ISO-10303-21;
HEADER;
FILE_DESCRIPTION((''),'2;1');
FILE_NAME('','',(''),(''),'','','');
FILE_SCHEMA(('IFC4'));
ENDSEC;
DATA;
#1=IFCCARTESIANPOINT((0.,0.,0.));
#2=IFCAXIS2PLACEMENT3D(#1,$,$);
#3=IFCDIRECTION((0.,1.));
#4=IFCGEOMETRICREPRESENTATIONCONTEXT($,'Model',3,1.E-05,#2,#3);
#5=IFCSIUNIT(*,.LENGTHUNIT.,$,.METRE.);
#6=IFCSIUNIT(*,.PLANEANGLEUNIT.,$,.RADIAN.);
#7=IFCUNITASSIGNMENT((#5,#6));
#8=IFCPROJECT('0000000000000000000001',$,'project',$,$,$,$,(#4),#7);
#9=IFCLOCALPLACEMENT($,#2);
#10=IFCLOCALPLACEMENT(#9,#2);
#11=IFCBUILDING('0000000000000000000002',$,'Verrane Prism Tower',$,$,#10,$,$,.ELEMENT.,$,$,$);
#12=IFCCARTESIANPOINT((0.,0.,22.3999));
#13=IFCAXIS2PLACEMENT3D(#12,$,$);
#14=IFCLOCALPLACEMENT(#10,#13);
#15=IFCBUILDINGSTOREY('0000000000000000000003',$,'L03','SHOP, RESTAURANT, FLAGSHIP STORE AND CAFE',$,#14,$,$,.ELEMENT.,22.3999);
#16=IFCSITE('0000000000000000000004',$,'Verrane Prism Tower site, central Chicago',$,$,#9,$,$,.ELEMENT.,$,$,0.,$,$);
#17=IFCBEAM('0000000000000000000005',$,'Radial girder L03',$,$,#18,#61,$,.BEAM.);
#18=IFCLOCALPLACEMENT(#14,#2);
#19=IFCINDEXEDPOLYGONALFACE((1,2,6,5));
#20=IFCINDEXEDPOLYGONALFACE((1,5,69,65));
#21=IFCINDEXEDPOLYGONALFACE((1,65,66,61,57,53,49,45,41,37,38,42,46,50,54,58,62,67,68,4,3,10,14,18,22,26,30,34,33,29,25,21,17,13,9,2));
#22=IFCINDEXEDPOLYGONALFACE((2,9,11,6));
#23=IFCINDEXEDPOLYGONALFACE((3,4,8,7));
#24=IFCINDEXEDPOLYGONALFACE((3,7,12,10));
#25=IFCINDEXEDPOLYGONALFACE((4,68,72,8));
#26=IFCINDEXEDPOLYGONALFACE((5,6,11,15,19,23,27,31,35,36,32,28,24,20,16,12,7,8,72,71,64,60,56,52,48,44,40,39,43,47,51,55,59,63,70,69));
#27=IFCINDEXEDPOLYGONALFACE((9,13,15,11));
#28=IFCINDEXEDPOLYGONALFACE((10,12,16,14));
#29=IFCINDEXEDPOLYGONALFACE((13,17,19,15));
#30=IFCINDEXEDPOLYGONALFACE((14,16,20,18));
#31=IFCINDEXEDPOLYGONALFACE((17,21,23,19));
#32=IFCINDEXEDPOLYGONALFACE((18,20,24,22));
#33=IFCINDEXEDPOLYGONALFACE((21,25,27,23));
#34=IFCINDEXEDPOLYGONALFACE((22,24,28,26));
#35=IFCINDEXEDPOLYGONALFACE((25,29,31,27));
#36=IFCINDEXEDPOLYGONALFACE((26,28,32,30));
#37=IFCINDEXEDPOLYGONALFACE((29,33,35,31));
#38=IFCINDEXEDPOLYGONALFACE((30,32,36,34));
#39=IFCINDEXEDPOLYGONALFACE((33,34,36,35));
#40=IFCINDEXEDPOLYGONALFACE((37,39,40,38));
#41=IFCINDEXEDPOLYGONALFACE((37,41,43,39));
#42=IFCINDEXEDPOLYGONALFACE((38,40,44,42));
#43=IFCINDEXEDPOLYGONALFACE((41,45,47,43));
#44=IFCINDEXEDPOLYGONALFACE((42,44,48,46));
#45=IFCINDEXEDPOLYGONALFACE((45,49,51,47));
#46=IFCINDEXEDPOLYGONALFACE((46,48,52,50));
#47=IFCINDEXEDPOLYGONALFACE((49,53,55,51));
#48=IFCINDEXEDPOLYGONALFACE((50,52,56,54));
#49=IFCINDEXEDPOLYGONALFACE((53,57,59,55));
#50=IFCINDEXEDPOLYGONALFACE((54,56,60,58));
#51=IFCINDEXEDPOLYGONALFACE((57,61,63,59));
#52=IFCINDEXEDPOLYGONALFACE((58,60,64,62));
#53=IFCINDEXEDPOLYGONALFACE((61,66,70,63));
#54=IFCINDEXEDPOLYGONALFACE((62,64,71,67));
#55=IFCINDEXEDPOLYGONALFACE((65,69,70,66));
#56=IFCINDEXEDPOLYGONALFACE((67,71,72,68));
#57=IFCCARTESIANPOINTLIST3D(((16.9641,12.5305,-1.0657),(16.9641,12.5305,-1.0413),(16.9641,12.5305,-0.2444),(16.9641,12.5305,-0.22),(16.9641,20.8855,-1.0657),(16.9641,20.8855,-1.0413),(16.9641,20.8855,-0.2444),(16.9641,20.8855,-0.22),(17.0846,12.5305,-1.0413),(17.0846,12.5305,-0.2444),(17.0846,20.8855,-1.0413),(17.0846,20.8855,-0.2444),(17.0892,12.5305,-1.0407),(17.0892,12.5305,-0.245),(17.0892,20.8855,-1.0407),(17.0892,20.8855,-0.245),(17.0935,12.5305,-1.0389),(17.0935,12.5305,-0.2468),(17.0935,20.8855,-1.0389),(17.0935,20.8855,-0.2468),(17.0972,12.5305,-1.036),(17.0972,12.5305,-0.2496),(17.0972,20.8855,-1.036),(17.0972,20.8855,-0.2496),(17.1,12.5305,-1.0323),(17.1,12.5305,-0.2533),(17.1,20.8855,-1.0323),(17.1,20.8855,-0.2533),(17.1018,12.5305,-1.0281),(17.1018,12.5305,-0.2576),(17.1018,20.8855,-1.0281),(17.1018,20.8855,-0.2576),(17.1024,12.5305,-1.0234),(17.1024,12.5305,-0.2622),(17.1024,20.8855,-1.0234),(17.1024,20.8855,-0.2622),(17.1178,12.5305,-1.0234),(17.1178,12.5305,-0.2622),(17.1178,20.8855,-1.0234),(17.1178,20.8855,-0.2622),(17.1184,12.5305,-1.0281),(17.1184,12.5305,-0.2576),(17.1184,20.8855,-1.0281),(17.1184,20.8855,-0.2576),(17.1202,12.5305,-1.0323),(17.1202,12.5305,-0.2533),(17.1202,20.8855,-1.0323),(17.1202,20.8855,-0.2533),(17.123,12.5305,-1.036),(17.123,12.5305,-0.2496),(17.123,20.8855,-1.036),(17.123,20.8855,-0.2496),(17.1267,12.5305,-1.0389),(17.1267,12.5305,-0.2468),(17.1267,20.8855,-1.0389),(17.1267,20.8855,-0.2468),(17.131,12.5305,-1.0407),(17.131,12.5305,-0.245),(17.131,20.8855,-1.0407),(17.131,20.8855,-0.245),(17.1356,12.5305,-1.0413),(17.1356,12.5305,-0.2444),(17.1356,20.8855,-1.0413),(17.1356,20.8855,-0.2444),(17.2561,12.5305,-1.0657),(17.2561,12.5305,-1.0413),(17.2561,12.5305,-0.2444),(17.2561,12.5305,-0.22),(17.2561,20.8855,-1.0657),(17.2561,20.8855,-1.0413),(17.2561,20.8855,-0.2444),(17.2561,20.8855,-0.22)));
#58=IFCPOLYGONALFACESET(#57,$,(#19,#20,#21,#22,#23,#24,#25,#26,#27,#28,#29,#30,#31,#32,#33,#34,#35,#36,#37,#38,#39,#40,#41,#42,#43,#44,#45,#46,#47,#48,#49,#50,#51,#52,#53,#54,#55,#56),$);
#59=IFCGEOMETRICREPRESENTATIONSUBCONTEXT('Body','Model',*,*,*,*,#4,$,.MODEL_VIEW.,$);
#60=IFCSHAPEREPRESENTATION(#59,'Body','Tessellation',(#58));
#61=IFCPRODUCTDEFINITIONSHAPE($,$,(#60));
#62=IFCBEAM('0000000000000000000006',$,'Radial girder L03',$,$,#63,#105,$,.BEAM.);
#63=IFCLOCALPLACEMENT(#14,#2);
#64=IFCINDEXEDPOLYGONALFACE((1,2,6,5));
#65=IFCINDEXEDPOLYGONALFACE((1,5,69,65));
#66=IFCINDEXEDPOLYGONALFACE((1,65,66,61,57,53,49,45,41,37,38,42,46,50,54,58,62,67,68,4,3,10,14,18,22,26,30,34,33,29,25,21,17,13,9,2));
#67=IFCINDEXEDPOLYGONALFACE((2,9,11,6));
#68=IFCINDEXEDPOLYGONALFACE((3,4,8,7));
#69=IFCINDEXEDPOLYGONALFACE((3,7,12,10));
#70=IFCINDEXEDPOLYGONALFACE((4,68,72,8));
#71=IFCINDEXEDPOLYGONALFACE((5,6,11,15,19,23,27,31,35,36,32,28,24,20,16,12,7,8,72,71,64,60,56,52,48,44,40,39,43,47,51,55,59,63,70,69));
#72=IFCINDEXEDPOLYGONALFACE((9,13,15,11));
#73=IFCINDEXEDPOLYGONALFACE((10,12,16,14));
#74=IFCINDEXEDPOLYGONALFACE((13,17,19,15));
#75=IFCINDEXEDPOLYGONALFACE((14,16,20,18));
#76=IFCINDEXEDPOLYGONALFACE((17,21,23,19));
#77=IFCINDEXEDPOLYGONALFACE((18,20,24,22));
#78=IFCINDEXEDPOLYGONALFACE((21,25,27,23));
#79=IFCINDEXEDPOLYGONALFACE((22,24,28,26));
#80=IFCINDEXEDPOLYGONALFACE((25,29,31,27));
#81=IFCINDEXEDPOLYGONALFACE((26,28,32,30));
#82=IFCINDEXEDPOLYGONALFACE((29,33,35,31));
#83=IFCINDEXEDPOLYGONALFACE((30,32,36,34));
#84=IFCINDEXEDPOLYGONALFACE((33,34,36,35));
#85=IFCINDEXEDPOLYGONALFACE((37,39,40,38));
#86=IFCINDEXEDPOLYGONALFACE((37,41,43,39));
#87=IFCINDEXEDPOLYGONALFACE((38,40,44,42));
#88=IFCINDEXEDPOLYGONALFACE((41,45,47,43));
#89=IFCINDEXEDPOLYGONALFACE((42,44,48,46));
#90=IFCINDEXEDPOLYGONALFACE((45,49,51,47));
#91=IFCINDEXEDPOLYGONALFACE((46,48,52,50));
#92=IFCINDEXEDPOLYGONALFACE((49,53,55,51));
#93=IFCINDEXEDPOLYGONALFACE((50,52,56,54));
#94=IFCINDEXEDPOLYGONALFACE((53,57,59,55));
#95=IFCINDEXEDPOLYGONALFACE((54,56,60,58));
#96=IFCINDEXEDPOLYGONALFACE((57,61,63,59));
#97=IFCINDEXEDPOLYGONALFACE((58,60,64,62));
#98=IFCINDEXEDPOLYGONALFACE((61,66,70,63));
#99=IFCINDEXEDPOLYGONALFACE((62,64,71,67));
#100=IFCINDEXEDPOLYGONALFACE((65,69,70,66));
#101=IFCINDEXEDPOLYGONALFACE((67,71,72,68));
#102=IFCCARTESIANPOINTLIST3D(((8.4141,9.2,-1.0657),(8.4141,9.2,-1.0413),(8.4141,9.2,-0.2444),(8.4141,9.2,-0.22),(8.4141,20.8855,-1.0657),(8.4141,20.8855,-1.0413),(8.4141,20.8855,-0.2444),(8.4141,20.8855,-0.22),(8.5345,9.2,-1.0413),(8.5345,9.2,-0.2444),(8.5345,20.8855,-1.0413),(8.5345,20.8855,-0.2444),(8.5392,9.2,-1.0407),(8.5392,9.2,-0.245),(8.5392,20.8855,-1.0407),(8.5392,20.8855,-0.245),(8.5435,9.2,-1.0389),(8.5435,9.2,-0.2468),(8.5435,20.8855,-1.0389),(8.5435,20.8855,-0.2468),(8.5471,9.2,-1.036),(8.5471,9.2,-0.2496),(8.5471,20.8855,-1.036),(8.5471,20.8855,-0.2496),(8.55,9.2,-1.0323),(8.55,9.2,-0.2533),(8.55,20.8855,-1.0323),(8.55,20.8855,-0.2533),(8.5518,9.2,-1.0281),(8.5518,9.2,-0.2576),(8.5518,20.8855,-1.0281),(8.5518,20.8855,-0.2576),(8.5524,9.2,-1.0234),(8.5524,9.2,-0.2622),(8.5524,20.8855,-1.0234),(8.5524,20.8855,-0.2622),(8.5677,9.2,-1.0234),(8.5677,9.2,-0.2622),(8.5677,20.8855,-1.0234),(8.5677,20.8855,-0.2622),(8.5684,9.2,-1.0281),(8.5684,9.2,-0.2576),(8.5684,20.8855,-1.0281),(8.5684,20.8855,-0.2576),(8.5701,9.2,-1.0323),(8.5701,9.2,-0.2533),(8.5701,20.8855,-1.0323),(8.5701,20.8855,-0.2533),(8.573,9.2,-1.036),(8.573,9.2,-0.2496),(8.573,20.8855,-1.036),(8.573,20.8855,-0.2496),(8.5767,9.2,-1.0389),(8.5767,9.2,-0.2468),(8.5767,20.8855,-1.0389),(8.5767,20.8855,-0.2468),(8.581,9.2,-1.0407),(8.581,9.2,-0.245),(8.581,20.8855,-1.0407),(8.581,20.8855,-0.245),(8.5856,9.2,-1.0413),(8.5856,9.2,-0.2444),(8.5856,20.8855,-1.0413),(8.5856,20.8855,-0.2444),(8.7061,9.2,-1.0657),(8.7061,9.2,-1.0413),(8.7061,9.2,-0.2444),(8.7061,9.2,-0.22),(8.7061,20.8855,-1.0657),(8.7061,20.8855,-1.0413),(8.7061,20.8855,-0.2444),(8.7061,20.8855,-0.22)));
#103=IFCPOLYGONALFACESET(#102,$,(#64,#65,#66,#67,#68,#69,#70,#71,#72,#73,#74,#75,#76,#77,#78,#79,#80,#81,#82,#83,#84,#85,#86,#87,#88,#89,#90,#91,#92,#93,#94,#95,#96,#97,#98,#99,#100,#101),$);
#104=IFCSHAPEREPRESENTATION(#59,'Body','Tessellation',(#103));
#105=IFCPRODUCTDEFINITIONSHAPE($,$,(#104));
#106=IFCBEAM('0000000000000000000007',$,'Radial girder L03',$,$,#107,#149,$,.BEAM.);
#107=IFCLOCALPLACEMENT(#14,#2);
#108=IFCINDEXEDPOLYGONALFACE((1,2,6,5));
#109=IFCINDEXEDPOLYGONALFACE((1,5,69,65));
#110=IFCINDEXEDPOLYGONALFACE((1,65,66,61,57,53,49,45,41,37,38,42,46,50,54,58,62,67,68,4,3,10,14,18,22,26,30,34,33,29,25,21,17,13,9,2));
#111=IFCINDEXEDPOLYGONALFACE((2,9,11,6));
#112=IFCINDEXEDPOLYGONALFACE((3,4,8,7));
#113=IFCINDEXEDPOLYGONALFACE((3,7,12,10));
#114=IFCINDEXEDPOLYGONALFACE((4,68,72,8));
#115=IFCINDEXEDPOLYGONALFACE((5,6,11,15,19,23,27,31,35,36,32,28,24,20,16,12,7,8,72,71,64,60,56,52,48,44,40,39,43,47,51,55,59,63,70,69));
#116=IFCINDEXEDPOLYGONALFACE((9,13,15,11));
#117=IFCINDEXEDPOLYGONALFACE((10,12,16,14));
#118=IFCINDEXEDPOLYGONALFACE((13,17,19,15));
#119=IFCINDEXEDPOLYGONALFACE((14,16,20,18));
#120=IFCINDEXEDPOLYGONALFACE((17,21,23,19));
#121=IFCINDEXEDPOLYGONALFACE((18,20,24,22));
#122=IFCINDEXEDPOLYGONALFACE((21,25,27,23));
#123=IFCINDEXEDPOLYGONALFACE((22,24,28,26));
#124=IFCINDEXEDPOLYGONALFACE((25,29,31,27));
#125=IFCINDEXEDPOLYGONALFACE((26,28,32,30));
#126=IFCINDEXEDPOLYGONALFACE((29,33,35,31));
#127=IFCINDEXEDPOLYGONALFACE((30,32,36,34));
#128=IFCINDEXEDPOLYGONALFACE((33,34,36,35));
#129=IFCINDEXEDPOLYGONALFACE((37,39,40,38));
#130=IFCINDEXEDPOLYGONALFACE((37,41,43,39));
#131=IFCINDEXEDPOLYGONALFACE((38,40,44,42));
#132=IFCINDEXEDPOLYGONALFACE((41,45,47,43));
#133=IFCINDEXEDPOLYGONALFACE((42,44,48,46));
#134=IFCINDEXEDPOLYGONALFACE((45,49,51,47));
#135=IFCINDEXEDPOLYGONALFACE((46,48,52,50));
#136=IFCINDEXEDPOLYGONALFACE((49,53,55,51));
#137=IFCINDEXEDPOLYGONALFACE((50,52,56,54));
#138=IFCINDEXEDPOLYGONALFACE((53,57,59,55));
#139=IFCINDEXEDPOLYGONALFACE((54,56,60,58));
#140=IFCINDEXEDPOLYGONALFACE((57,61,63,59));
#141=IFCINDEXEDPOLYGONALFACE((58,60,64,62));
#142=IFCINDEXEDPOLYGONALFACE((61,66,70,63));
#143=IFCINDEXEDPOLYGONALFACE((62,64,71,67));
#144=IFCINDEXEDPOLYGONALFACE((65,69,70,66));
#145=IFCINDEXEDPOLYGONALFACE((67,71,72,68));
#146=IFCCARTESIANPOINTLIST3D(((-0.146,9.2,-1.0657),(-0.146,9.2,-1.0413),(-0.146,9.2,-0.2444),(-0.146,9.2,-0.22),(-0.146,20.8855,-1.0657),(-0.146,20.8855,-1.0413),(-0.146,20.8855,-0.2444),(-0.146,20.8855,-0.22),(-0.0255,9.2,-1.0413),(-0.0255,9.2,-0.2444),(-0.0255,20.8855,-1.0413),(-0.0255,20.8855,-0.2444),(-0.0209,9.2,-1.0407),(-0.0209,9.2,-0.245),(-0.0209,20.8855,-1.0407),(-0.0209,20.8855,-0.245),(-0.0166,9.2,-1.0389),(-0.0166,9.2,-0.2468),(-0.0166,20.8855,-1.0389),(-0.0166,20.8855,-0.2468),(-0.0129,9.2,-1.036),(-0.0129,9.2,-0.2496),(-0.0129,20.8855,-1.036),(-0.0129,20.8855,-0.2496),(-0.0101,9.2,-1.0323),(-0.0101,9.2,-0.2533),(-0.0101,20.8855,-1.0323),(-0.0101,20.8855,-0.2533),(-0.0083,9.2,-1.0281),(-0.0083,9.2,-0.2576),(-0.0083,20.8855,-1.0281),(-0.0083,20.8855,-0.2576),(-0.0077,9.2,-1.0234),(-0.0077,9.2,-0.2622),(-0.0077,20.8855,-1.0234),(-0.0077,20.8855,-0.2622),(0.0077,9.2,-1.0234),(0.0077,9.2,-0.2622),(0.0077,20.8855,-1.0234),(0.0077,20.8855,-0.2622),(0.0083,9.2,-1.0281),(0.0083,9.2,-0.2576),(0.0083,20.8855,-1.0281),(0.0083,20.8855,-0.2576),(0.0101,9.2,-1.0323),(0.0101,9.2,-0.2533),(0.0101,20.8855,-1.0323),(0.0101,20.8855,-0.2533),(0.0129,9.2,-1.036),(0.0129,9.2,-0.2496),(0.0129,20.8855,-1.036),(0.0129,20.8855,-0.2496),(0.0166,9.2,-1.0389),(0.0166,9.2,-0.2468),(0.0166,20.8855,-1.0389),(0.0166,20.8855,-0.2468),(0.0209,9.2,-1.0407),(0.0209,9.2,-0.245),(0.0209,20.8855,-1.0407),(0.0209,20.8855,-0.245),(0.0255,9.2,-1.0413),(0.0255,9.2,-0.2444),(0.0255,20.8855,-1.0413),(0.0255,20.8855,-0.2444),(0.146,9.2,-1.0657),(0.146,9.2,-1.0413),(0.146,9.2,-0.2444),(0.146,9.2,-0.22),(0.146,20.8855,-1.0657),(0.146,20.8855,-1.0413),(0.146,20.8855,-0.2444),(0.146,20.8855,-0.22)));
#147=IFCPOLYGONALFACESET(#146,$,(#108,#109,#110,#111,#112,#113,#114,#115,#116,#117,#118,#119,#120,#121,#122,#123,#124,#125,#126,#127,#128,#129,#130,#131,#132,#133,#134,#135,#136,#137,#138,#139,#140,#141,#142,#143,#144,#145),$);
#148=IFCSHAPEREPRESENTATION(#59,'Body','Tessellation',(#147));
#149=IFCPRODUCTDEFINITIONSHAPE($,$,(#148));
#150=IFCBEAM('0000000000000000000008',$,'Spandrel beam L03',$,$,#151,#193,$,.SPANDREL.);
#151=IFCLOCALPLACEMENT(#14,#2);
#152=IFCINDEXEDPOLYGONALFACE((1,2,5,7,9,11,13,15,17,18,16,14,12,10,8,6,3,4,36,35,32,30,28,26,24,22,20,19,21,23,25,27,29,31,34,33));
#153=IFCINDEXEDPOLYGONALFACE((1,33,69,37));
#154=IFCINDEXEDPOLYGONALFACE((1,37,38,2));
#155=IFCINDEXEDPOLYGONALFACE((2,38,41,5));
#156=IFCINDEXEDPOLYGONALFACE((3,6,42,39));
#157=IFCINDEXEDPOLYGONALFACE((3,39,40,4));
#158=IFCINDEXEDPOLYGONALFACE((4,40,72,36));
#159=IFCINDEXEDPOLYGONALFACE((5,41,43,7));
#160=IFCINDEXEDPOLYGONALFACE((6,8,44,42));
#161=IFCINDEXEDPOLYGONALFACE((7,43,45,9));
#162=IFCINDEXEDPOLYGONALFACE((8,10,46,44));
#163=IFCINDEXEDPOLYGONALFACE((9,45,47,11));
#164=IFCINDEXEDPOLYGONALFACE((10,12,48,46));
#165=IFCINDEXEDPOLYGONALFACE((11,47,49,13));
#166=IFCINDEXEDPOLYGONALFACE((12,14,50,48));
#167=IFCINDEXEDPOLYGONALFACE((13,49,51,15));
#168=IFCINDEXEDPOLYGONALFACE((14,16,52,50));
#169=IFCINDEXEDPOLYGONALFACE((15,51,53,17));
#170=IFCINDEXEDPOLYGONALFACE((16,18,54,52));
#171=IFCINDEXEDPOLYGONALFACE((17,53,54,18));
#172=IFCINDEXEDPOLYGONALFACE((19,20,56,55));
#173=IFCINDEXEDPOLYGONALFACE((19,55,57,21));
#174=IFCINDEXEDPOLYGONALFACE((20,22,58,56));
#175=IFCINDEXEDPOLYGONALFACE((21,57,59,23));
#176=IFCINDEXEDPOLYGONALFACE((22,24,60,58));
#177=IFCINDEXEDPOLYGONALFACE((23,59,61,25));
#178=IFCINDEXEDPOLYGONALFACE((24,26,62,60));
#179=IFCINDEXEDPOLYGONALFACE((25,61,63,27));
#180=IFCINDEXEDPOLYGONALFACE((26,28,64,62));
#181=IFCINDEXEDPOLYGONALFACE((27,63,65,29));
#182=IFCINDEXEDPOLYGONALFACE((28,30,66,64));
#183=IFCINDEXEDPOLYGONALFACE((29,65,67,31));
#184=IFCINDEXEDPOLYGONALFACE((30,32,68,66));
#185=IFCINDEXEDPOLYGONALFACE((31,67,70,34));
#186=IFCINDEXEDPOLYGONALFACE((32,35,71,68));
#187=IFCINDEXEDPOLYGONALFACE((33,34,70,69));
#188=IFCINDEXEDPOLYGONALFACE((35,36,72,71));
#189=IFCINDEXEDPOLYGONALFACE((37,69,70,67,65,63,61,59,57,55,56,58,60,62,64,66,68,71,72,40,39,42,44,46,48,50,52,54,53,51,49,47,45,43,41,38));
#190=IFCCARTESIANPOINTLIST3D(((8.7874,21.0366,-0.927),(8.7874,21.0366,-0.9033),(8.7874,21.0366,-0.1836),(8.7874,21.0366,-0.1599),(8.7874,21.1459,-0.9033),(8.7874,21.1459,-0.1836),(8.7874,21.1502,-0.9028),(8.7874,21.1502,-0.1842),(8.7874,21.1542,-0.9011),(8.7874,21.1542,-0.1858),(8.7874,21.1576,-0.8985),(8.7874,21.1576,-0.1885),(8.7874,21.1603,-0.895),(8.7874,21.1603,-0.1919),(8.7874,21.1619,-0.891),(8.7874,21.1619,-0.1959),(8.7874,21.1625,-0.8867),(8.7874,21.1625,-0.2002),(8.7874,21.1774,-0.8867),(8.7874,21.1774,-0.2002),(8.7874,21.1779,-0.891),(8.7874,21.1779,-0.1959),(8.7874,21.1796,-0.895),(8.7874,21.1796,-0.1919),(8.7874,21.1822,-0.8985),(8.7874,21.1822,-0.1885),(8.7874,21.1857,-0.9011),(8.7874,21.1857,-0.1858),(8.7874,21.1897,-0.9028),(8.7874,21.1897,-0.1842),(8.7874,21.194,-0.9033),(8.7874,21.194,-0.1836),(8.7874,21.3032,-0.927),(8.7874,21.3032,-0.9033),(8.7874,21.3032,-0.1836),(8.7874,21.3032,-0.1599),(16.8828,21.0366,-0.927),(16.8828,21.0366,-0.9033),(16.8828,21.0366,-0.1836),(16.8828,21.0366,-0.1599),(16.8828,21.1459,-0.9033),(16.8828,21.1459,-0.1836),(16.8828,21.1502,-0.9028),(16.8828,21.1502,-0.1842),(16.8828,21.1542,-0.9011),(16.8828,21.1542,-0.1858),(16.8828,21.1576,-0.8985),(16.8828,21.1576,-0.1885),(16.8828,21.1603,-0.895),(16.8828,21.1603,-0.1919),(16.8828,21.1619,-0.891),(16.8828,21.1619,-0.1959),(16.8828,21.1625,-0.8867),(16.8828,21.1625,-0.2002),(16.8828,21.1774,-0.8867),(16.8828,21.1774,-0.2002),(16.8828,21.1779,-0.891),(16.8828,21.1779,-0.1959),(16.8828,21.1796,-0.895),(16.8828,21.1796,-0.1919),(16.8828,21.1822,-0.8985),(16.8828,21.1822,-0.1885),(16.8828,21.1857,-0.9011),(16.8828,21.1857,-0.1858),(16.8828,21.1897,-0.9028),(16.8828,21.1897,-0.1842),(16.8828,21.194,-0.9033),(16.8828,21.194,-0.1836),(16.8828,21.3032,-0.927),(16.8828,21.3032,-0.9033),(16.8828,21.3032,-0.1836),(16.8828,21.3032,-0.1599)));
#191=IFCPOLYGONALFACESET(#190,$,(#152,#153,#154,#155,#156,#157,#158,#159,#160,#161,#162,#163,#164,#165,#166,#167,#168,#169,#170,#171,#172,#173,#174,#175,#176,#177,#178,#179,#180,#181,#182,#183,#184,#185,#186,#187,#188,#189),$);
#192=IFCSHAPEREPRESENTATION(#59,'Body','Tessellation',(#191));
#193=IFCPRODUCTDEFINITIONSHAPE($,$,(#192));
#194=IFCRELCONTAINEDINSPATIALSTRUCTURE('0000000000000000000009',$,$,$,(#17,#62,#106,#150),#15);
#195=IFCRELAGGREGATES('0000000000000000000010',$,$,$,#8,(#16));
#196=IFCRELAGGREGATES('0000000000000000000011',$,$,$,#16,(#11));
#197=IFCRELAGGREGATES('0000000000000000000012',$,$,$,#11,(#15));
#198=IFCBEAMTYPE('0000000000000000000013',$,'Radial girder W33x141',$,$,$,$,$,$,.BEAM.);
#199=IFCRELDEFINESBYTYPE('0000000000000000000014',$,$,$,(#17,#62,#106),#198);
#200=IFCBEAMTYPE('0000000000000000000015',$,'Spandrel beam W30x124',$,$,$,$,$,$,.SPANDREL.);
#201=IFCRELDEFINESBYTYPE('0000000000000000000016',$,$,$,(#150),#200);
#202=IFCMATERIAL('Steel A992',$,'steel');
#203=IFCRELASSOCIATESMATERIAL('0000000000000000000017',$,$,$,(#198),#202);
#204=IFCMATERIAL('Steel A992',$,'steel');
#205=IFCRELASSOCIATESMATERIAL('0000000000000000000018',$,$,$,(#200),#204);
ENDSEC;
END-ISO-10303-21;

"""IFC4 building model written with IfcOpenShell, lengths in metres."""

from ifc_helpers import new_model, si_unit, direction, frame, origin, origin_2d, place, context, subcontext, project, spatial, i_section, extrude, material, material_profile, profile_set, type_object, element, save


model = new_model("IFC4")

# Units and contexts
model_context = context("Model", 3, precision=1e-05, world=origin(), true_north=direction((0.0, 1.0)))
body_context = subcontext(model_context, "Body", "Model", "MODEL_VIEW")
ifc_project = project(units=[si_unit("LENGTHUNIT", "METRE"), si_unit("PLANEANGLEUNIT", "RADIAN")], contexts=[model_context])

# Site, building, storey
site_placement = place(None, origin())
site = spatial("IfcSite", under=ifc_project, at=site_placement, Name="Verrane Prism Tower site, central Chicago", CompositionType="ELEMENT", RefElevation=0.0)
building_placement = place(site_placement, origin())
building = spatial("IfcBuilding", under=site, at=building_placement, Name="Verrane Prism Tower", CompositionType="ELEMENT")
storey_placement = place(building_placement, frame((0.0, 0.0, 22.3999)))
storey = spatial("IfcBuildingStorey", under=building, at=storey_placement, Name="L03", Description="SHOP, RESTAURANT, FLAGSHIP STORE AND CAFE", CompositionType="ELEMENT", Elevation=22.3999)

# Beams
ifc_material_1 = material(Name="Steel A992", Category="steel")
ifc_material_profile_1 = material_profile(ifc_material_1, i_section(OverallWidth=0.292, OverallDepth=0.8457, WebThickness=0.0154, FlangeThickness=0.0244, FilletRadius=0.0178, at=origin_2d()), Name="W33x141")
ifc_profile_set_1 = profile_set([ifc_material_profile_1], Name="Steel A992")
beam_type_1 = type_object("IfcBeamType", Name="Radial girder W33x141", PredefinedType="BEAM", material=ifc_profile_set_1)
beam_1_placement = place(storey_placement, frame((17.1101, 20.8855, -0.6428), z_axis=(0.0, -1.0, 0.0), x_axis=(1.0, 0.0, 0.0)))
element("IfcBeam", 1, at=beam_1_placement, inside=storey, type_object=beam_type_1, Name="Radial girder L03", PredefinedType="BEAM", context=body_context, shape_type="SweptSolid", body=[
    extrude(i_section(OverallWidth=0.292, OverallDepth=0.8457, WebThickness=0.0154, FlangeThickness=0.0244, FilletRadius=0.0178, at=origin_2d()), origin(), (0.0, 0.0, 1.0), 8.355),
])
for number, where, z_axis, x_axis, name in (
    (2, (8.5601, 20.8855, -0.6428), (0.0, -1.0, 0.0), (1.0, 0.0, 0.0), "Radial girder L03"),
    (3, (0.0, 20.8855, -0.6428), (0.0, -1.0, 0.0), (1.0, 0.0, 0.0), "Radial girder L03"),
):
    element("IfcBeam", number, at=place(storey_placement, frame(where, z_axis=z_axis, x_axis=x_axis)), inside=storey, type_object=beam_type_1, Name=name, PredefinedType="BEAM", context=body_context, shape_type="SweptSolid", body=[
        extrude(i_section(OverallWidth=0.292, OverallDepth=0.8457, WebThickness=0.0154, FlangeThickness=0.0244, FilletRadius=0.0178, at=origin_2d()), origin(), (0.0, 0.0, 1.0), 11.6855),
    ])
ifc_material_2 = material(Name="Steel A992", Category="steel")
ifc_material_profile_2 = material_profile(ifc_material_2, i_section(OverallWidth=0.2666, OverallDepth=0.7671, WebThickness=0.0149, FlangeThickness=0.0237, FilletRadius=0.0166, at=origin_2d()), Name="W30x124")
ifc_profile_set_2 = profile_set([ifc_material_profile_2], Name="Steel A992")
beam_type_2 = type_object("IfcBeamType", Name="Spandrel beam W30x124", PredefinedType="SPANDREL", material=ifc_profile_set_2)
beam_2_placement = place(storey_placement, frame((16.8828, 21.1699, -0.5435), z_axis=(-1.0, 0.0, 0.0), x_axis=(0.0, -1.0, 0.0)))
element("IfcBeam", 4, at=beam_2_placement, inside=storey, type_object=beam_type_2, Name="Spandrel beam L03", PredefinedType="SPANDREL", context=body_context, shape_type="SweptSolid", body=[
    extrude(i_section(OverallWidth=0.2666, OverallDepth=0.7671, WebThickness=0.0149, FlangeThickness=0.0237, FilletRadius=0.0166, at=origin_2d()), origin(), (0.0, 0.0, 1.0), 8.0955),
])

save(model, "model.ifc")
